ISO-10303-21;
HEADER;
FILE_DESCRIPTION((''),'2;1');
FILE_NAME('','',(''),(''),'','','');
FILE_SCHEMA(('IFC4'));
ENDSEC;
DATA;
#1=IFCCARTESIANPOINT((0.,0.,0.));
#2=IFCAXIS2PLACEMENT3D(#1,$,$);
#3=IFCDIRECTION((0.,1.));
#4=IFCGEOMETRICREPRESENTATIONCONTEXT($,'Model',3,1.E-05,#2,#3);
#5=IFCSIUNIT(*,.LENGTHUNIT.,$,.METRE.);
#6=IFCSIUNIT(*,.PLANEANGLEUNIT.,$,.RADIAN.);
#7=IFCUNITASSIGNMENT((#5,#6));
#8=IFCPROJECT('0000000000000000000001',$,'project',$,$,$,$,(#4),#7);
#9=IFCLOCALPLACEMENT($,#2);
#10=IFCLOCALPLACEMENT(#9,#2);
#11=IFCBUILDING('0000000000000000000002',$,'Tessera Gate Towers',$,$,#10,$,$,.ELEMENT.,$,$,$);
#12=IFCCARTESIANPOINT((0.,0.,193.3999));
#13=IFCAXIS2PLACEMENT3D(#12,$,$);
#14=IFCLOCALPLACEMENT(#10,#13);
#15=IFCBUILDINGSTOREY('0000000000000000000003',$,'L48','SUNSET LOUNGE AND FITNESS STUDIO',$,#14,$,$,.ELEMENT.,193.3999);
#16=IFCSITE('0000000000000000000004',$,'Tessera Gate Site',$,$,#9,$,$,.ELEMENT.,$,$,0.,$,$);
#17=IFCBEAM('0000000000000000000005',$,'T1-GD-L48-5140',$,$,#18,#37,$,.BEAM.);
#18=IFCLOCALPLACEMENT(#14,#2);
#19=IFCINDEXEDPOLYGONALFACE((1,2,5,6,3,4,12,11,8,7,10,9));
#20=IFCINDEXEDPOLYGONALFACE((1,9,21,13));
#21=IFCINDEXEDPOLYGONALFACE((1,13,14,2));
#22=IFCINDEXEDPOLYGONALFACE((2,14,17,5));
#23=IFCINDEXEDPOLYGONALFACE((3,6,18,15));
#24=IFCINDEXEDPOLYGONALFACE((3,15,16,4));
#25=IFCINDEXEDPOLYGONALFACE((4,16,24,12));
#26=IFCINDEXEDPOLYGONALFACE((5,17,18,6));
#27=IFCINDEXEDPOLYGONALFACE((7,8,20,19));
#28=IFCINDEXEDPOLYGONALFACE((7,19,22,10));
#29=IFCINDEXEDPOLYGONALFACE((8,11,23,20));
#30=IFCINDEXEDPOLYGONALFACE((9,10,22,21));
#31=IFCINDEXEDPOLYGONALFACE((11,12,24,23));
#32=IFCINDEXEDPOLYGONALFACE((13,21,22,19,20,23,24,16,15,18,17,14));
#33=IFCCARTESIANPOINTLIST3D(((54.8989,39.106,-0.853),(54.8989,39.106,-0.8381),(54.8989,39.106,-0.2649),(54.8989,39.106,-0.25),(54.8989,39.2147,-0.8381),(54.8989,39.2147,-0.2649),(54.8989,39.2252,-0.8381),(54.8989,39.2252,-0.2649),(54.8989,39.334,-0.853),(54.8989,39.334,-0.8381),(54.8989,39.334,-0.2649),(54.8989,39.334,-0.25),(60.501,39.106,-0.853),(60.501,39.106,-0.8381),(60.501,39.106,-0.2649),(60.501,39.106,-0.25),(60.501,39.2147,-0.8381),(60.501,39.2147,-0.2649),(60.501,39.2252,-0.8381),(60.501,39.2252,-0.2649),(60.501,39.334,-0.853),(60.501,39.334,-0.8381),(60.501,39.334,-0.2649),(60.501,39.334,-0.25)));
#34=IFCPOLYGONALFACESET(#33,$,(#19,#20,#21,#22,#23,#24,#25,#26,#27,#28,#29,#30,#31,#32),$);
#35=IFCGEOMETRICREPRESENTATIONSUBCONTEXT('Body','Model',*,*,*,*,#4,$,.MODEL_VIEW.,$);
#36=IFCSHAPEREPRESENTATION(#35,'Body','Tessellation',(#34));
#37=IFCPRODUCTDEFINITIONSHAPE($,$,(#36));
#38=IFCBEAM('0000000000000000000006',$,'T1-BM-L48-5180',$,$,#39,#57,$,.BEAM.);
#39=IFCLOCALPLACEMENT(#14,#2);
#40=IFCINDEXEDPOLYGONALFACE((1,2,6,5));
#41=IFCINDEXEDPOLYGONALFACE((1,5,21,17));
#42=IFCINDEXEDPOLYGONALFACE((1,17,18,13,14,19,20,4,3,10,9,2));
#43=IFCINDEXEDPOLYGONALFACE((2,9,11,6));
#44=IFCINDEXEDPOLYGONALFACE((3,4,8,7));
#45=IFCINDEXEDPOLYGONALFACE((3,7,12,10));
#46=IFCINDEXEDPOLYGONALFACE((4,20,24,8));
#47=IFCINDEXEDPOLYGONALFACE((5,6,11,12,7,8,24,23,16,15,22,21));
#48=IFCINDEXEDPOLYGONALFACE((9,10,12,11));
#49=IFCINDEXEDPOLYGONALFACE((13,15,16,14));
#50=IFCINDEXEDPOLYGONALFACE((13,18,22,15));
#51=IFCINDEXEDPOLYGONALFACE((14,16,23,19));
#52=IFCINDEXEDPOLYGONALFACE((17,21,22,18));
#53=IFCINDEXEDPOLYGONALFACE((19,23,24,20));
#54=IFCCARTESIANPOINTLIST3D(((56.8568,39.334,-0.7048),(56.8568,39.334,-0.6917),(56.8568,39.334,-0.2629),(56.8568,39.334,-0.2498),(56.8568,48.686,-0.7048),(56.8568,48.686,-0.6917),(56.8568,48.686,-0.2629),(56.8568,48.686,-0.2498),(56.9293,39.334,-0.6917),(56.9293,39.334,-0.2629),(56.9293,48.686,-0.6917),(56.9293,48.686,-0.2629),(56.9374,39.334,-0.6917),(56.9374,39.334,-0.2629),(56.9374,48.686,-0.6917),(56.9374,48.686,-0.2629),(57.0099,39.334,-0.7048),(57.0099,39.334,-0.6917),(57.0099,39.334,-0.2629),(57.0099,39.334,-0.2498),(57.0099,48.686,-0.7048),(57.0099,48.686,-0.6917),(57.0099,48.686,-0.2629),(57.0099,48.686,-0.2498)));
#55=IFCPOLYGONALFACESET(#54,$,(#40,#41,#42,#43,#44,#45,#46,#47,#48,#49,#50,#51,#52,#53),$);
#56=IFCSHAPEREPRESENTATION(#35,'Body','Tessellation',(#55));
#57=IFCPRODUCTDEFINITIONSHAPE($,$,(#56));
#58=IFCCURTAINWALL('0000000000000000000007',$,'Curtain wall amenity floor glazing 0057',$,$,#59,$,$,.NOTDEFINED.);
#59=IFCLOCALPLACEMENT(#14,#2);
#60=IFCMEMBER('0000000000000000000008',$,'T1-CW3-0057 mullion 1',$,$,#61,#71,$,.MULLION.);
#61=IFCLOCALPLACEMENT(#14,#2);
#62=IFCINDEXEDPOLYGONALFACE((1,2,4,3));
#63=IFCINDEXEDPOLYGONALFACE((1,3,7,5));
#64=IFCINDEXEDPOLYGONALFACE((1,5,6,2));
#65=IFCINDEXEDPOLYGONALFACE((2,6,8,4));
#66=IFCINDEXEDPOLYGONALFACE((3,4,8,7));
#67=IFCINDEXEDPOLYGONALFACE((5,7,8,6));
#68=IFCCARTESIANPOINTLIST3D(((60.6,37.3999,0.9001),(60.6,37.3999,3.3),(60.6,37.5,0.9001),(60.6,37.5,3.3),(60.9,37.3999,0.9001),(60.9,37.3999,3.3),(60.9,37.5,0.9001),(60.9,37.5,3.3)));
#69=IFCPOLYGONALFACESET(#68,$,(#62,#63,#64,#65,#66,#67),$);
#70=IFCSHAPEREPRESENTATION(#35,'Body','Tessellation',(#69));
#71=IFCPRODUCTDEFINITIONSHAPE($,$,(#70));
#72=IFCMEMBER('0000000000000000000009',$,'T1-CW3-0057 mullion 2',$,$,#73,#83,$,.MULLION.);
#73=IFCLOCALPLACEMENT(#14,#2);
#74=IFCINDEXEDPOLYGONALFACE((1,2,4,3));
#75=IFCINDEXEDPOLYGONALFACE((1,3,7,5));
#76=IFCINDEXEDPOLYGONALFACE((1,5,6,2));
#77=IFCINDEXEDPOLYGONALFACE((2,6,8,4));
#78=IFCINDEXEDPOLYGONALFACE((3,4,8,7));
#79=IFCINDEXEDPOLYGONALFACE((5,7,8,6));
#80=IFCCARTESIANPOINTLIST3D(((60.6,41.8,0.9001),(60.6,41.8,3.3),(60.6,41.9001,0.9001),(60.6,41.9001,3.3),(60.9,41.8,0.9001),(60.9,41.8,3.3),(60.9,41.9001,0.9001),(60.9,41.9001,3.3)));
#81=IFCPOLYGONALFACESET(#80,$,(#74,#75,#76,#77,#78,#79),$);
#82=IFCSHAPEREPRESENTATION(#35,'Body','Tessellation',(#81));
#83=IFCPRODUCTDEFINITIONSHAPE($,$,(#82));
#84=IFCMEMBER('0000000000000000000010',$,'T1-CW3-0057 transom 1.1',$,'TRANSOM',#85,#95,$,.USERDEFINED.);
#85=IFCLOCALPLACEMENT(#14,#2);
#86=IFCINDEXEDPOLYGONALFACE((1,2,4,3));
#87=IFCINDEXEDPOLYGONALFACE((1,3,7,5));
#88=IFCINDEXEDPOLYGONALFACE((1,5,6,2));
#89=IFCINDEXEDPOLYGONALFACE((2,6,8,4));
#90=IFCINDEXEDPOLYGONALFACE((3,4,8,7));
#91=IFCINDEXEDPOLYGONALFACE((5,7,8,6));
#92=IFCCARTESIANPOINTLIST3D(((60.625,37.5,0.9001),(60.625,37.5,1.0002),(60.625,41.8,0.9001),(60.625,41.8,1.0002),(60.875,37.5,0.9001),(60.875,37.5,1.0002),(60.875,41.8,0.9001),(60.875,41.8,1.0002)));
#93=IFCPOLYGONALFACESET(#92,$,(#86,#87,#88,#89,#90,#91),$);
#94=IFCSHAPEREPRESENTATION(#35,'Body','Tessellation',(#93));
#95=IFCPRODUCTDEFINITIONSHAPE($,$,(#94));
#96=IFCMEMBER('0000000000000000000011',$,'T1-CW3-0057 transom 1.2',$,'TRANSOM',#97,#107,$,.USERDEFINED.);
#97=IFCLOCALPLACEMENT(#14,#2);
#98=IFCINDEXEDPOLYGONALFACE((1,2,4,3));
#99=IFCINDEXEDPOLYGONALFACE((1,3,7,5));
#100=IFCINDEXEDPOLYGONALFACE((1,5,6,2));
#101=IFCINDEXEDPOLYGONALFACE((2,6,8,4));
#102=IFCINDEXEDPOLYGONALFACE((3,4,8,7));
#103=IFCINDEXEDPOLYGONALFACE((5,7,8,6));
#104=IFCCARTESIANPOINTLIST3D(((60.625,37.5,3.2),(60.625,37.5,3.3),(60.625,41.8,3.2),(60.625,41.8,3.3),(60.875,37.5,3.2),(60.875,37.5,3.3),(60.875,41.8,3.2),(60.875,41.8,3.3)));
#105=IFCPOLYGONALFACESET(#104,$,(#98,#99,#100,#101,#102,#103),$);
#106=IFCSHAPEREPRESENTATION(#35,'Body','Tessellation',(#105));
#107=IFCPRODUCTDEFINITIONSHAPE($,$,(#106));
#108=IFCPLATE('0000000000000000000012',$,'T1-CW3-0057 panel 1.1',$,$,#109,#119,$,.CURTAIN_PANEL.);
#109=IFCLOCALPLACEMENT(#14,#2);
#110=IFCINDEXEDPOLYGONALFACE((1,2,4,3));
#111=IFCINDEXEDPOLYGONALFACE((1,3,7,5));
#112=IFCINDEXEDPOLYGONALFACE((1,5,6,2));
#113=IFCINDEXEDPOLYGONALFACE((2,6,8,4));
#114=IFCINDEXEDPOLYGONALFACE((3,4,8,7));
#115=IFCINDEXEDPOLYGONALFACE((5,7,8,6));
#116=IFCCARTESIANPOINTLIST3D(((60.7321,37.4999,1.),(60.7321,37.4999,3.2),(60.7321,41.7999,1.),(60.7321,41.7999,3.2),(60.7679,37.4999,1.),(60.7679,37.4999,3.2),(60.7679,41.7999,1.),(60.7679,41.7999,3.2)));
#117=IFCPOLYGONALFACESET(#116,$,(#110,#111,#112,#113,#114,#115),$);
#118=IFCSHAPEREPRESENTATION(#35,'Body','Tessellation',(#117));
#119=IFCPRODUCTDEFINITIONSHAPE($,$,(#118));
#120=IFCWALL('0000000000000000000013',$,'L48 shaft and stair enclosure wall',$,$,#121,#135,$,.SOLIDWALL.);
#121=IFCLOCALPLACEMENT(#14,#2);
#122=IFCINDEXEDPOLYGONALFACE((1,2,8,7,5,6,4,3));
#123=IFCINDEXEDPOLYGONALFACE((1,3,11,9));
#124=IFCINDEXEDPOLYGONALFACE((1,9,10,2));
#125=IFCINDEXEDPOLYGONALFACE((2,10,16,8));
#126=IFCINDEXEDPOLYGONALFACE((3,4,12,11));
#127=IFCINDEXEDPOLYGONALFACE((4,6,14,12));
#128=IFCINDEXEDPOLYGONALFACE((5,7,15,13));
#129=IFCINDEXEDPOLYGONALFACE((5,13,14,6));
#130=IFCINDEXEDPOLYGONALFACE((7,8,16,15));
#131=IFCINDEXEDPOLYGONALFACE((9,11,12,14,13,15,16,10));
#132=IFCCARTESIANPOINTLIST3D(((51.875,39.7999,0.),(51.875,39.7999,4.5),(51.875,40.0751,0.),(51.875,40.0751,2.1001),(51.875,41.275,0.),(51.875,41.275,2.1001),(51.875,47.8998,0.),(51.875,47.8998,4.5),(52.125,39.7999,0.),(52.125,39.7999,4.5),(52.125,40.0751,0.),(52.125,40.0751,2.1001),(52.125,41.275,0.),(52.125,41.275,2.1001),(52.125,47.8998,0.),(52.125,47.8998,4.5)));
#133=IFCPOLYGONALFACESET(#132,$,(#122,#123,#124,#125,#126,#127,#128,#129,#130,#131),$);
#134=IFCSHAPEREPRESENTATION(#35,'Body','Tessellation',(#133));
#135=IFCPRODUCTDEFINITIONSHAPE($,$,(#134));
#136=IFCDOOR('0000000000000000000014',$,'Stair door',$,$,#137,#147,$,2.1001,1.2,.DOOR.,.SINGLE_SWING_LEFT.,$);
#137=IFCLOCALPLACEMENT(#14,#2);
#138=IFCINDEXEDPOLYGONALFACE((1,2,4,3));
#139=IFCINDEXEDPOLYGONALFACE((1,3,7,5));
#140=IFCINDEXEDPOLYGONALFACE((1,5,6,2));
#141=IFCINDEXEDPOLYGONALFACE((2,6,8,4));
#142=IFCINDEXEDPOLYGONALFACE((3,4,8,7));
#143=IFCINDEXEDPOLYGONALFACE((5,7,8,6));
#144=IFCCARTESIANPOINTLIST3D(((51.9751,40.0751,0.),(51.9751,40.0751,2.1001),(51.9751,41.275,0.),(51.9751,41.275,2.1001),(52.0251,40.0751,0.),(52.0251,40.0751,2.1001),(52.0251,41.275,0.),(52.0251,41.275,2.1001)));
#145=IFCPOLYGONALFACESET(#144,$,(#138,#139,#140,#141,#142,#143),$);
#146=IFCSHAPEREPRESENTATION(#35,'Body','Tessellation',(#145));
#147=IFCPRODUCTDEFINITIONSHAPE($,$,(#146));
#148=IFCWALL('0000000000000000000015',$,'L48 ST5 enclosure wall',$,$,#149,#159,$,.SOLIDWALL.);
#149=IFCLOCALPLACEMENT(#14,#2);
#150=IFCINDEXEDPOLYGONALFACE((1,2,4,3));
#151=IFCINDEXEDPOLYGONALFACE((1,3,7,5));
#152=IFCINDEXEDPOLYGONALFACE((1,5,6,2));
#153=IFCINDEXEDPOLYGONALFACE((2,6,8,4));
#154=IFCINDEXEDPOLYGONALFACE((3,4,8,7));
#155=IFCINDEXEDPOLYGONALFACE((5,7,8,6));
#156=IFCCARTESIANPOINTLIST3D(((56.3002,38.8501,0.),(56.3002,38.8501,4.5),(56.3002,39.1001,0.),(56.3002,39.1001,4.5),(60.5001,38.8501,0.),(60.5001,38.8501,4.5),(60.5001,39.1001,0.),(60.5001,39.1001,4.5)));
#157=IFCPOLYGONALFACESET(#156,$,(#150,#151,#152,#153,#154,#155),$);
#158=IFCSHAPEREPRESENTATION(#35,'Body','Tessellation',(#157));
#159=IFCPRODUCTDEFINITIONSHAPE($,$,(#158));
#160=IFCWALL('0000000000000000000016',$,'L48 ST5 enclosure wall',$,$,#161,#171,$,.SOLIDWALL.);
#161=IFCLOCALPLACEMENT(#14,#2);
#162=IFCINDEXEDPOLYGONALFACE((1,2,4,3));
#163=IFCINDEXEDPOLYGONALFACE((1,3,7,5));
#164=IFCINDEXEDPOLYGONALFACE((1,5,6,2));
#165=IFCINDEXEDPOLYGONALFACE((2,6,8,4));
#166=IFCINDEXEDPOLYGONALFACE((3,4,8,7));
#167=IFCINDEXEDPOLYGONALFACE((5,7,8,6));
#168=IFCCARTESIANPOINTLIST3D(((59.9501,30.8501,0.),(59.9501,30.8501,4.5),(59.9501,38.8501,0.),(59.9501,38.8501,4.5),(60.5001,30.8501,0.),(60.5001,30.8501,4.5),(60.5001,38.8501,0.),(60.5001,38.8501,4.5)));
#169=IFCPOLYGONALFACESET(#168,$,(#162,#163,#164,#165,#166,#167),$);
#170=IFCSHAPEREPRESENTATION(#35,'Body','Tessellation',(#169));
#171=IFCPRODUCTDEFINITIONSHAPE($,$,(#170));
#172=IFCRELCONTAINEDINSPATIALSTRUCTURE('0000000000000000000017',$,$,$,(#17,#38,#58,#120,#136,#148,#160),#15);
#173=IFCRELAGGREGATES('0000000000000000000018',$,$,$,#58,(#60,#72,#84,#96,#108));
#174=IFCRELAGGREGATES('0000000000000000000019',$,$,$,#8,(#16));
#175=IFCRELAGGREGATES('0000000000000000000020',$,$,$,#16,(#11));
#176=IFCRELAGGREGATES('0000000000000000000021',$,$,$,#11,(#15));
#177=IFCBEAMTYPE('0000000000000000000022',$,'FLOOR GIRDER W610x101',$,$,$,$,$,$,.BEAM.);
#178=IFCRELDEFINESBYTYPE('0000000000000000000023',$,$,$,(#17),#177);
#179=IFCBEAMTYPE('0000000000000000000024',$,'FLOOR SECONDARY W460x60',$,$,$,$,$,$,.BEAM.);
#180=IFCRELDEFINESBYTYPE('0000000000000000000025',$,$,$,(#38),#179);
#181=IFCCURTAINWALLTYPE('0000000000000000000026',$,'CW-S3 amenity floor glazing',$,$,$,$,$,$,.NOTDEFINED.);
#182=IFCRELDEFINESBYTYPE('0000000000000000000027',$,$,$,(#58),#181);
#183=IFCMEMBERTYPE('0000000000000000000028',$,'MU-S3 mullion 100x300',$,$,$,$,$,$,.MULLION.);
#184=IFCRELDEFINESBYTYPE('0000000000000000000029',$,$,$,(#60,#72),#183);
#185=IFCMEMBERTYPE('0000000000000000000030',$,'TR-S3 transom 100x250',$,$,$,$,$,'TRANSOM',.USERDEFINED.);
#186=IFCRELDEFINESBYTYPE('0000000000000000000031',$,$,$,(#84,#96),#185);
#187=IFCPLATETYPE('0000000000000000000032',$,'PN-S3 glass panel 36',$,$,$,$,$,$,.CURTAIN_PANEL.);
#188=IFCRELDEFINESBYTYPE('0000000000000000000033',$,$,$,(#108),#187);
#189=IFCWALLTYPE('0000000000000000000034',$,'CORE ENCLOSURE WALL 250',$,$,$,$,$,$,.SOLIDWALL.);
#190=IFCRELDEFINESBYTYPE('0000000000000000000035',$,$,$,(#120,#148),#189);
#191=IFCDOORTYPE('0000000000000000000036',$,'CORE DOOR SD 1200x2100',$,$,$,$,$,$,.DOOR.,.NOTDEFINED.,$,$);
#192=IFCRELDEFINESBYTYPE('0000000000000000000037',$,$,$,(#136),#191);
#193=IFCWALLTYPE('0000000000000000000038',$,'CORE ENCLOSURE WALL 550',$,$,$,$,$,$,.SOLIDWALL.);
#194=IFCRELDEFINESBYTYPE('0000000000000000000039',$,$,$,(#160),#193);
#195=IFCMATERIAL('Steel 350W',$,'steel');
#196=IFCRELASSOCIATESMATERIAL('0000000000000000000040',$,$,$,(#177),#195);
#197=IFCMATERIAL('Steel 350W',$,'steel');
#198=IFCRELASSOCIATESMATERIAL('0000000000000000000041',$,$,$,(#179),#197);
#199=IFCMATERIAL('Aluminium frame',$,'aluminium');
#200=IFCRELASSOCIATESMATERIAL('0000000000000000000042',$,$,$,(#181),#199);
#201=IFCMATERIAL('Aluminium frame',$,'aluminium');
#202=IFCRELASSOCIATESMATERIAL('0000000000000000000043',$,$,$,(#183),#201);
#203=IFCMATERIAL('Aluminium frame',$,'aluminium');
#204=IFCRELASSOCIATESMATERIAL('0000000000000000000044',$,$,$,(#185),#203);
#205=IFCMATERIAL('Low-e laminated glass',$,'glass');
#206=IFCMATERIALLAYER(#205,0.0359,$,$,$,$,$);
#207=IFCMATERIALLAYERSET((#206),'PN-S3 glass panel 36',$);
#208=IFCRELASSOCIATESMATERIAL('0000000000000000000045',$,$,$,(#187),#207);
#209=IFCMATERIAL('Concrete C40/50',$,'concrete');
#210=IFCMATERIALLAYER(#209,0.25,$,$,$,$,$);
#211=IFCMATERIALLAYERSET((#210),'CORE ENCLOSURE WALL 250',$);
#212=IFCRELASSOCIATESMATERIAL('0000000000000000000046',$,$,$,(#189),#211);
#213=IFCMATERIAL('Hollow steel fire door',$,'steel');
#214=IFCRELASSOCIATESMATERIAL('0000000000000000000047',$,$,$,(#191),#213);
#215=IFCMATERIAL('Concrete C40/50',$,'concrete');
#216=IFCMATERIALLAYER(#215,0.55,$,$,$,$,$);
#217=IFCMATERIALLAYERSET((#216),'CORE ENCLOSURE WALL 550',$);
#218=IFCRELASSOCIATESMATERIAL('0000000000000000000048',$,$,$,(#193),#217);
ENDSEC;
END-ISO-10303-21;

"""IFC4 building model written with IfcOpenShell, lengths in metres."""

from ifc_helpers import new_model, si_unit, direction, frame, frame_2d, origin, origin_2d, place, context, subcontext, project, spatial, rectangle, i_section, extrude, source, transform, mapped, material, layer, layer_set, material_profile, profile_set, type_object, element, fill, aggregate, save


model = new_model("IFC4")

# Units and contexts
model_context = context("Model", 3, precision=1e-05, world=origin(), true_north=direction((0.0, 1.0)))
body_context = subcontext(model_context, "Body", "Model", "MODEL_VIEW")
ifc_project = project(units=[si_unit("LENGTHUNIT", "METRE"), si_unit("PLANEANGLEUNIT", "RADIAN")], contexts=[model_context])

# Site, building, storey
site_placement = place(None, origin())
site = spatial("IfcSite", under=ifc_project, at=site_placement, Name="Tessera Gate Site", CompositionType="ELEMENT", RefElevation=0.0)
building_placement = place(site_placement, origin())
building = spatial("IfcBuilding", under=site, at=building_placement, Name="Tessera Gate Towers", CompositionType="ELEMENT")
storey_placement = place(building_placement, frame((0.0, 0.0, 193.3999)))
storey = spatial("IfcBuildingStorey", under=building, at=storey_placement, Name="L48", Description="SUNSET LOUNGE AND FITNESS STUDIO", CompositionType="ELEMENT", Elevation=193.3999)

# Beams
ifc_material_1 = material(Name="Steel 350W", Category="steel")
ifc_material_profile_1 = material_profile(ifc_material_1, i_section(OverallWidth=0.228, OverallDepth=0.603, WebThickness=0.0105, FlangeThickness=0.0149, at=origin_2d()), Name="W610x101")
ifc_profile_set_1 = profile_set([ifc_material_profile_1], Name="Steel 350W")
beam_type_1 = type_object("IfcBeamType", Name="FLOOR GIRDER W610x101", PredefinedType="BEAM", material=ifc_profile_set_1)
beam_1_placement = place(storey_placement, frame((54.8989, 39.22, -0.5515), z_axis=(1.0, 0.0, 0.0), x_axis=(0.0, 1.0, 0.0)))
element("IfcBeam", 1, at=beam_1_placement, inside=storey, type_object=beam_type_1, Name="T1-GD-L48-5140", PredefinedType="BEAM", context=body_context, shape_type="SweptSolid", body=[
    extrude(i_section(OverallWidth=0.228, OverallDepth=0.603, WebThickness=0.0105, FlangeThickness=0.0149, at=origin_2d()), origin(), (0.0, 0.0, 1.0), 5.6021),
])
ifc_material_2 = material(Name="Steel 350W", Category="steel")
ifc_material_profile_2 = material_profile(ifc_material_2, i_section(OverallWidth=0.1531, OverallDepth=0.4551, WebThickness=0.0081, FlangeThickness=0.0132, at=origin_2d()), Name="W460x60")
ifc_profile_set_2 = profile_set([ifc_material_profile_2], Name="Steel 350W")
beam_type_2 = type_object("IfcBeamType", Name="FLOOR SECONDARY W460x60", PredefinedType="BEAM", material=ifc_profile_set_2)
beam_2_placement = place(storey_placement, frame((56.9333, 39.334, -0.4773), z_axis=(0.0, 1.0, 0.0), x_axis=(-1.0, 0.0, 0.0)))
element("IfcBeam", 2, at=beam_2_placement, inside=storey, type_object=beam_type_2, Name="T1-BM-L48-5180", PredefinedType="BEAM", context=body_context, shape_type="SweptSolid", body=[
    extrude(i_section(OverallWidth=0.1531, OverallDepth=0.4551, WebThickness=0.0081, FlangeThickness=0.0132, at=origin_2d()), origin(), (0.0, 0.0, 1.0), 9.3521),
])

# Curtain wall, members, plate
ifc_material_3 = material(Name="Aluminium frame", Category="aluminium")
curtain_wall_type = type_object("IfcCurtainWallType", Name="CW-S3 amenity floor glazing", PredefinedType="NOTDEFINED", material=ifc_material_3)
curtain_wall_placement = place(storey_placement, origin())
curtain_wall = element("IfcCurtainWall", 3, at=curtain_wall_placement, inside=storey, type_object=curtain_wall_type, Name="Curtain wall amenity floor glazing 0057", PredefinedType="NOTDEFINED")
ifc_material_4 = material(Name="Aluminium frame", Category="aluminium")
ifc_material_profile_3 = material_profile(ifc_material_4, rectangle(XDim=0.1001, YDim=0.3, at=origin_2d()), Name="AL 100x300")
ifc_profile_set_3 = profile_set([ifc_material_profile_3], Name="Aluminium frame")
member_type_1 = type_object("IfcMemberType", Name="MU-S3 mullion 100x300", PredefinedType="MULLION", material=ifc_profile_set_3)
member_1_placement = place(storey_placement, frame((60.75, 37.45, 0.9001), z_axis=(0.0, 0.0, 1.0), x_axis=(0.0, 1.0, 0.0)))
member_1 = element("IfcMember", 4, at=member_1_placement, type_object=member_type_1, Name="T1-CW3-0057 mullion 1", PredefinedType="MULLION", context=body_context, shape_type="SweptSolid", body=[
    extrude(rectangle(XDim=0.1001, YDim=0.3, at=origin_2d()), origin(), (0.0, 0.0, 1.0), 2.3999),
])
member_2_placement = place(storey_placement, frame((60.75, 41.8501, 0.9001), z_axis=(0.0, 0.0, 1.0), x_axis=(0.0, 1.0, 0.0)))
member_2 = element("IfcMember", 5, at=member_2_placement, type_object=member_type_1, Name="T1-CW3-0057 mullion 2", PredefinedType="MULLION", context=body_context, shape_type="SweptSolid", body=[
    extrude(rectangle(XDim=0.1001, YDim=0.3, at=origin_2d()), origin(), (0.0, 0.0, 1.0), 2.3999),
])
ifc_material_5 = material(Name="Aluminium frame", Category="aluminium")
ifc_material_profile_4 = material_profile(ifc_material_5, rectangle(XDim=0.25, YDim=0.1001, at=origin_2d()), Name="AL 100x250")
ifc_profile_set_4 = profile_set([ifc_material_profile_4], Name="Aluminium frame")
member_type_2 = type_object("IfcMemberType", Name="TR-S3 transom 100x250", ElementType="TRANSOM", PredefinedType="USERDEFINED", material=ifc_profile_set_4)
member_3_placement = place(storey_placement, frame((60.75, 37.5, 0.9502), z_axis=(0.0, 1.0, 0.0), x_axis=(-1.0, 0.0, 0.0)))
member_3 = element("IfcMember", 6, at=member_3_placement, type_object=member_type_2, Name="T1-CW3-0057 transom 1.1", ObjectType="TRANSOM", PredefinedType="USERDEFINED", context=body_context, shape_type="SweptSolid", body=[
    extrude(rectangle(XDim=0.25, YDim=0.1001, at=origin_2d()), origin(), (0.0, 0.0, 1.0), 4.3),
])
member_4_placement = place(storey_placement, frame((60.75, 37.5, 3.25), z_axis=(0.0, 1.0, 0.0), x_axis=(-1.0, 0.0, 0.0)))
member_4 = element("IfcMember", 7, at=member_4_placement, type_object=member_type_2, Name="T1-CW3-0057 transom 1.2", ObjectType="TRANSOM", PredefinedType="USERDEFINED", context=body_context, shape_type="SweptSolid", body=[
    extrude(rectangle(XDim=0.25, YDim=0.1001, at=origin_2d()), origin(), (0.0, 0.0, 1.0), 4.3),
])
ifc_material_6 = material(Name="Low-e laminated glass", Category="glass")
ifc_layer_1 = layer(ifc_material_6, 0.0359)
ifc_layer_set_1 = layer_set([ifc_layer_1], Name="PN-S3 glass panel 36")
plate_type = type_object("IfcPlateType", Name="PN-S3 glass panel 36", PredefinedType="CURTAIN_PANEL", material=ifc_layer_set_1)
plate_placement = place(storey_placement, frame((60.75, 39.6499, 1.0), z_axis=(0.0, 0.0, 1.0), x_axis=(0.0, 1.0, 0.0)))
plate = element("IfcPlate", 8, at=plate_placement, type_object=plate_type, Name="T1-CW3-0057 panel 1.1", PredefinedType="CURTAIN_PANEL", context=body_context, shape_type="SweptSolid", body=[
    extrude(rectangle(XDim=4.3, YDim=0.0359, at=origin_2d()), origin(), (0.0, 0.0, 1.0), 2.2),
])
aggregate(curtain_wall, [member_1, member_2, member_3, member_4, plate])

# Wall, opening, door
ifc_material_7 = material(Name="Concrete C40/50", Category="concrete")
ifc_layer_2 = layer(ifc_material_7, 0.25)
ifc_layer_set_2 = layer_set([ifc_layer_2], Name="CORE ENCLOSURE WALL 250")
wall_type_1 = type_object("IfcWallType", Name="CORE ENCLOSURE WALL 250", PredefinedType="SOLIDWALL", material=ifc_layer_set_2)
wall_1_placement = place(storey_placement, frame((52.0, 39.8, 0.0), z_axis=(0.0, 0.0, 1.0), x_axis=(0.0, 1.0, 0.0)))
wall_1 = element("IfcWall", 9, at=wall_1_placement, inside=storey, type_object=wall_type_1, Name="L48 shaft and stair enclosure wall", PredefinedType="SOLIDWALL", context=body_context, shape_type="SweptSolid", body=[
    extrude(rectangle(XDim=8.0999, YDim=0.25, at=frame_2d((4.0498, 0.0))), origin(), (0.0, 0.0, 1.0), 4.5),
])
shared_shape_1 = source(origin(), body_context, "Body", "SweptSolid", [
    extrude(rectangle(XDim=1.2, YDim=2.1001, at=frame_2d((0.6001, 1.05))), frame((0.0, 0.135, 0.0), z_axis=(0.0, -1.0, 0.0), x_axis=(1.0, 0.0, 0.0)), (0.0, 0.0, 1.0), 0.27),
])
opening_placement = place(wall_1_placement, frame((0.2749, 0.0, 0.0)))
opening = element("IfcOpeningElement", 10, at=opening_placement, cuts=wall_1, PredefinedType="OPENING", context=body_context, shape_type="MappedRepresentation", body=[
    mapped(shared_shape_1, transform((0.0, 0.0, 0.0), scale=1.0)),
])
ifc_material_8 = material(Name="Hollow steel fire door", Category="steel")
door_type = type_object("IfcDoorType", Name="CORE DOOR SD 1200x2100", OperationType="NOTDEFINED", PredefinedType="DOOR", material=ifc_material_8)
shared_shape_2 = source(origin(), body_context, "Body", "SweptSolid", [
    extrude(rectangle(XDim=1.2, YDim=2.1001, at=frame_2d((0.6001, 1.05))), frame((0.0, 0.0249, 0.0), z_axis=(0.0, -1.0, 0.0), x_axis=(1.0, 0.0, 0.0)), (0.0, 0.0, 1.0), 0.05),
])
door_placement = place(opening_placement, origin())
door = element("IfcDoor", 11, at=door_placement, inside=storey, type_object=door_type, Name="Stair door", OperationType="SINGLE_SWING_LEFT", OverallHeight=2.1001, OverallWidth=1.2, PredefinedType="DOOR", context=body_context, shape_type="MappedRepresentation", body=[
    mapped(shared_shape_2, transform((0.0, 0.0, 0.0), scale=1.0)),
])
fill(opening, door)

# Walls
wall_2_placement = place(storey_placement, frame((56.3, 38.9751, 0.0), z_axis=(0.0, 0.0, 1.0), x_axis=(1.0, 0.0, 0.0)))
element("IfcWall", 12, at=wall_2_placement, inside=storey, type_object=wall_type_1, Name="L48 ST5 enclosure wall", PredefinedType="SOLIDWALL", context=body_context, shape_type="SweptSolid", body=[
    extrude(rectangle(XDim=4.2, YDim=0.25, at=frame_2d((2.1001, 0.0))), origin(), (0.0, 0.0, 1.0), 4.5),
])
ifc_material_9 = material(Name="Concrete C40/50", Category="concrete")
ifc_layer_3 = layer(ifc_material_9, 0.55)
ifc_layer_set_3 = layer_set([ifc_layer_3], Name="CORE ENCLOSURE WALL 550")
wall_type_2 = type_object("IfcWallType", Name="CORE ENCLOSURE WALL 550", PredefinedType="SOLIDWALL", material=ifc_layer_set_3)
wall_3_placement = place(storey_placement, frame((60.2251, 38.8501, 0.0), z_axis=(0.0, 0.0, 1.0), x_axis=(0.0, -1.0, 0.0)))
element("IfcWall", 13, at=wall_3_placement, inside=storey, type_object=wall_type_2, Name="L48 ST5 enclosure wall", PredefinedType="SOLIDWALL", context=body_context, shape_type="SweptSolid", body=[
    extrude(rectangle(XDim=8.0, YDim=0.55, at=frame_2d((4.0, 0.0))), origin(), (0.0, 0.0, 1.0), 4.5),
])

save(model, "model.ifc")
